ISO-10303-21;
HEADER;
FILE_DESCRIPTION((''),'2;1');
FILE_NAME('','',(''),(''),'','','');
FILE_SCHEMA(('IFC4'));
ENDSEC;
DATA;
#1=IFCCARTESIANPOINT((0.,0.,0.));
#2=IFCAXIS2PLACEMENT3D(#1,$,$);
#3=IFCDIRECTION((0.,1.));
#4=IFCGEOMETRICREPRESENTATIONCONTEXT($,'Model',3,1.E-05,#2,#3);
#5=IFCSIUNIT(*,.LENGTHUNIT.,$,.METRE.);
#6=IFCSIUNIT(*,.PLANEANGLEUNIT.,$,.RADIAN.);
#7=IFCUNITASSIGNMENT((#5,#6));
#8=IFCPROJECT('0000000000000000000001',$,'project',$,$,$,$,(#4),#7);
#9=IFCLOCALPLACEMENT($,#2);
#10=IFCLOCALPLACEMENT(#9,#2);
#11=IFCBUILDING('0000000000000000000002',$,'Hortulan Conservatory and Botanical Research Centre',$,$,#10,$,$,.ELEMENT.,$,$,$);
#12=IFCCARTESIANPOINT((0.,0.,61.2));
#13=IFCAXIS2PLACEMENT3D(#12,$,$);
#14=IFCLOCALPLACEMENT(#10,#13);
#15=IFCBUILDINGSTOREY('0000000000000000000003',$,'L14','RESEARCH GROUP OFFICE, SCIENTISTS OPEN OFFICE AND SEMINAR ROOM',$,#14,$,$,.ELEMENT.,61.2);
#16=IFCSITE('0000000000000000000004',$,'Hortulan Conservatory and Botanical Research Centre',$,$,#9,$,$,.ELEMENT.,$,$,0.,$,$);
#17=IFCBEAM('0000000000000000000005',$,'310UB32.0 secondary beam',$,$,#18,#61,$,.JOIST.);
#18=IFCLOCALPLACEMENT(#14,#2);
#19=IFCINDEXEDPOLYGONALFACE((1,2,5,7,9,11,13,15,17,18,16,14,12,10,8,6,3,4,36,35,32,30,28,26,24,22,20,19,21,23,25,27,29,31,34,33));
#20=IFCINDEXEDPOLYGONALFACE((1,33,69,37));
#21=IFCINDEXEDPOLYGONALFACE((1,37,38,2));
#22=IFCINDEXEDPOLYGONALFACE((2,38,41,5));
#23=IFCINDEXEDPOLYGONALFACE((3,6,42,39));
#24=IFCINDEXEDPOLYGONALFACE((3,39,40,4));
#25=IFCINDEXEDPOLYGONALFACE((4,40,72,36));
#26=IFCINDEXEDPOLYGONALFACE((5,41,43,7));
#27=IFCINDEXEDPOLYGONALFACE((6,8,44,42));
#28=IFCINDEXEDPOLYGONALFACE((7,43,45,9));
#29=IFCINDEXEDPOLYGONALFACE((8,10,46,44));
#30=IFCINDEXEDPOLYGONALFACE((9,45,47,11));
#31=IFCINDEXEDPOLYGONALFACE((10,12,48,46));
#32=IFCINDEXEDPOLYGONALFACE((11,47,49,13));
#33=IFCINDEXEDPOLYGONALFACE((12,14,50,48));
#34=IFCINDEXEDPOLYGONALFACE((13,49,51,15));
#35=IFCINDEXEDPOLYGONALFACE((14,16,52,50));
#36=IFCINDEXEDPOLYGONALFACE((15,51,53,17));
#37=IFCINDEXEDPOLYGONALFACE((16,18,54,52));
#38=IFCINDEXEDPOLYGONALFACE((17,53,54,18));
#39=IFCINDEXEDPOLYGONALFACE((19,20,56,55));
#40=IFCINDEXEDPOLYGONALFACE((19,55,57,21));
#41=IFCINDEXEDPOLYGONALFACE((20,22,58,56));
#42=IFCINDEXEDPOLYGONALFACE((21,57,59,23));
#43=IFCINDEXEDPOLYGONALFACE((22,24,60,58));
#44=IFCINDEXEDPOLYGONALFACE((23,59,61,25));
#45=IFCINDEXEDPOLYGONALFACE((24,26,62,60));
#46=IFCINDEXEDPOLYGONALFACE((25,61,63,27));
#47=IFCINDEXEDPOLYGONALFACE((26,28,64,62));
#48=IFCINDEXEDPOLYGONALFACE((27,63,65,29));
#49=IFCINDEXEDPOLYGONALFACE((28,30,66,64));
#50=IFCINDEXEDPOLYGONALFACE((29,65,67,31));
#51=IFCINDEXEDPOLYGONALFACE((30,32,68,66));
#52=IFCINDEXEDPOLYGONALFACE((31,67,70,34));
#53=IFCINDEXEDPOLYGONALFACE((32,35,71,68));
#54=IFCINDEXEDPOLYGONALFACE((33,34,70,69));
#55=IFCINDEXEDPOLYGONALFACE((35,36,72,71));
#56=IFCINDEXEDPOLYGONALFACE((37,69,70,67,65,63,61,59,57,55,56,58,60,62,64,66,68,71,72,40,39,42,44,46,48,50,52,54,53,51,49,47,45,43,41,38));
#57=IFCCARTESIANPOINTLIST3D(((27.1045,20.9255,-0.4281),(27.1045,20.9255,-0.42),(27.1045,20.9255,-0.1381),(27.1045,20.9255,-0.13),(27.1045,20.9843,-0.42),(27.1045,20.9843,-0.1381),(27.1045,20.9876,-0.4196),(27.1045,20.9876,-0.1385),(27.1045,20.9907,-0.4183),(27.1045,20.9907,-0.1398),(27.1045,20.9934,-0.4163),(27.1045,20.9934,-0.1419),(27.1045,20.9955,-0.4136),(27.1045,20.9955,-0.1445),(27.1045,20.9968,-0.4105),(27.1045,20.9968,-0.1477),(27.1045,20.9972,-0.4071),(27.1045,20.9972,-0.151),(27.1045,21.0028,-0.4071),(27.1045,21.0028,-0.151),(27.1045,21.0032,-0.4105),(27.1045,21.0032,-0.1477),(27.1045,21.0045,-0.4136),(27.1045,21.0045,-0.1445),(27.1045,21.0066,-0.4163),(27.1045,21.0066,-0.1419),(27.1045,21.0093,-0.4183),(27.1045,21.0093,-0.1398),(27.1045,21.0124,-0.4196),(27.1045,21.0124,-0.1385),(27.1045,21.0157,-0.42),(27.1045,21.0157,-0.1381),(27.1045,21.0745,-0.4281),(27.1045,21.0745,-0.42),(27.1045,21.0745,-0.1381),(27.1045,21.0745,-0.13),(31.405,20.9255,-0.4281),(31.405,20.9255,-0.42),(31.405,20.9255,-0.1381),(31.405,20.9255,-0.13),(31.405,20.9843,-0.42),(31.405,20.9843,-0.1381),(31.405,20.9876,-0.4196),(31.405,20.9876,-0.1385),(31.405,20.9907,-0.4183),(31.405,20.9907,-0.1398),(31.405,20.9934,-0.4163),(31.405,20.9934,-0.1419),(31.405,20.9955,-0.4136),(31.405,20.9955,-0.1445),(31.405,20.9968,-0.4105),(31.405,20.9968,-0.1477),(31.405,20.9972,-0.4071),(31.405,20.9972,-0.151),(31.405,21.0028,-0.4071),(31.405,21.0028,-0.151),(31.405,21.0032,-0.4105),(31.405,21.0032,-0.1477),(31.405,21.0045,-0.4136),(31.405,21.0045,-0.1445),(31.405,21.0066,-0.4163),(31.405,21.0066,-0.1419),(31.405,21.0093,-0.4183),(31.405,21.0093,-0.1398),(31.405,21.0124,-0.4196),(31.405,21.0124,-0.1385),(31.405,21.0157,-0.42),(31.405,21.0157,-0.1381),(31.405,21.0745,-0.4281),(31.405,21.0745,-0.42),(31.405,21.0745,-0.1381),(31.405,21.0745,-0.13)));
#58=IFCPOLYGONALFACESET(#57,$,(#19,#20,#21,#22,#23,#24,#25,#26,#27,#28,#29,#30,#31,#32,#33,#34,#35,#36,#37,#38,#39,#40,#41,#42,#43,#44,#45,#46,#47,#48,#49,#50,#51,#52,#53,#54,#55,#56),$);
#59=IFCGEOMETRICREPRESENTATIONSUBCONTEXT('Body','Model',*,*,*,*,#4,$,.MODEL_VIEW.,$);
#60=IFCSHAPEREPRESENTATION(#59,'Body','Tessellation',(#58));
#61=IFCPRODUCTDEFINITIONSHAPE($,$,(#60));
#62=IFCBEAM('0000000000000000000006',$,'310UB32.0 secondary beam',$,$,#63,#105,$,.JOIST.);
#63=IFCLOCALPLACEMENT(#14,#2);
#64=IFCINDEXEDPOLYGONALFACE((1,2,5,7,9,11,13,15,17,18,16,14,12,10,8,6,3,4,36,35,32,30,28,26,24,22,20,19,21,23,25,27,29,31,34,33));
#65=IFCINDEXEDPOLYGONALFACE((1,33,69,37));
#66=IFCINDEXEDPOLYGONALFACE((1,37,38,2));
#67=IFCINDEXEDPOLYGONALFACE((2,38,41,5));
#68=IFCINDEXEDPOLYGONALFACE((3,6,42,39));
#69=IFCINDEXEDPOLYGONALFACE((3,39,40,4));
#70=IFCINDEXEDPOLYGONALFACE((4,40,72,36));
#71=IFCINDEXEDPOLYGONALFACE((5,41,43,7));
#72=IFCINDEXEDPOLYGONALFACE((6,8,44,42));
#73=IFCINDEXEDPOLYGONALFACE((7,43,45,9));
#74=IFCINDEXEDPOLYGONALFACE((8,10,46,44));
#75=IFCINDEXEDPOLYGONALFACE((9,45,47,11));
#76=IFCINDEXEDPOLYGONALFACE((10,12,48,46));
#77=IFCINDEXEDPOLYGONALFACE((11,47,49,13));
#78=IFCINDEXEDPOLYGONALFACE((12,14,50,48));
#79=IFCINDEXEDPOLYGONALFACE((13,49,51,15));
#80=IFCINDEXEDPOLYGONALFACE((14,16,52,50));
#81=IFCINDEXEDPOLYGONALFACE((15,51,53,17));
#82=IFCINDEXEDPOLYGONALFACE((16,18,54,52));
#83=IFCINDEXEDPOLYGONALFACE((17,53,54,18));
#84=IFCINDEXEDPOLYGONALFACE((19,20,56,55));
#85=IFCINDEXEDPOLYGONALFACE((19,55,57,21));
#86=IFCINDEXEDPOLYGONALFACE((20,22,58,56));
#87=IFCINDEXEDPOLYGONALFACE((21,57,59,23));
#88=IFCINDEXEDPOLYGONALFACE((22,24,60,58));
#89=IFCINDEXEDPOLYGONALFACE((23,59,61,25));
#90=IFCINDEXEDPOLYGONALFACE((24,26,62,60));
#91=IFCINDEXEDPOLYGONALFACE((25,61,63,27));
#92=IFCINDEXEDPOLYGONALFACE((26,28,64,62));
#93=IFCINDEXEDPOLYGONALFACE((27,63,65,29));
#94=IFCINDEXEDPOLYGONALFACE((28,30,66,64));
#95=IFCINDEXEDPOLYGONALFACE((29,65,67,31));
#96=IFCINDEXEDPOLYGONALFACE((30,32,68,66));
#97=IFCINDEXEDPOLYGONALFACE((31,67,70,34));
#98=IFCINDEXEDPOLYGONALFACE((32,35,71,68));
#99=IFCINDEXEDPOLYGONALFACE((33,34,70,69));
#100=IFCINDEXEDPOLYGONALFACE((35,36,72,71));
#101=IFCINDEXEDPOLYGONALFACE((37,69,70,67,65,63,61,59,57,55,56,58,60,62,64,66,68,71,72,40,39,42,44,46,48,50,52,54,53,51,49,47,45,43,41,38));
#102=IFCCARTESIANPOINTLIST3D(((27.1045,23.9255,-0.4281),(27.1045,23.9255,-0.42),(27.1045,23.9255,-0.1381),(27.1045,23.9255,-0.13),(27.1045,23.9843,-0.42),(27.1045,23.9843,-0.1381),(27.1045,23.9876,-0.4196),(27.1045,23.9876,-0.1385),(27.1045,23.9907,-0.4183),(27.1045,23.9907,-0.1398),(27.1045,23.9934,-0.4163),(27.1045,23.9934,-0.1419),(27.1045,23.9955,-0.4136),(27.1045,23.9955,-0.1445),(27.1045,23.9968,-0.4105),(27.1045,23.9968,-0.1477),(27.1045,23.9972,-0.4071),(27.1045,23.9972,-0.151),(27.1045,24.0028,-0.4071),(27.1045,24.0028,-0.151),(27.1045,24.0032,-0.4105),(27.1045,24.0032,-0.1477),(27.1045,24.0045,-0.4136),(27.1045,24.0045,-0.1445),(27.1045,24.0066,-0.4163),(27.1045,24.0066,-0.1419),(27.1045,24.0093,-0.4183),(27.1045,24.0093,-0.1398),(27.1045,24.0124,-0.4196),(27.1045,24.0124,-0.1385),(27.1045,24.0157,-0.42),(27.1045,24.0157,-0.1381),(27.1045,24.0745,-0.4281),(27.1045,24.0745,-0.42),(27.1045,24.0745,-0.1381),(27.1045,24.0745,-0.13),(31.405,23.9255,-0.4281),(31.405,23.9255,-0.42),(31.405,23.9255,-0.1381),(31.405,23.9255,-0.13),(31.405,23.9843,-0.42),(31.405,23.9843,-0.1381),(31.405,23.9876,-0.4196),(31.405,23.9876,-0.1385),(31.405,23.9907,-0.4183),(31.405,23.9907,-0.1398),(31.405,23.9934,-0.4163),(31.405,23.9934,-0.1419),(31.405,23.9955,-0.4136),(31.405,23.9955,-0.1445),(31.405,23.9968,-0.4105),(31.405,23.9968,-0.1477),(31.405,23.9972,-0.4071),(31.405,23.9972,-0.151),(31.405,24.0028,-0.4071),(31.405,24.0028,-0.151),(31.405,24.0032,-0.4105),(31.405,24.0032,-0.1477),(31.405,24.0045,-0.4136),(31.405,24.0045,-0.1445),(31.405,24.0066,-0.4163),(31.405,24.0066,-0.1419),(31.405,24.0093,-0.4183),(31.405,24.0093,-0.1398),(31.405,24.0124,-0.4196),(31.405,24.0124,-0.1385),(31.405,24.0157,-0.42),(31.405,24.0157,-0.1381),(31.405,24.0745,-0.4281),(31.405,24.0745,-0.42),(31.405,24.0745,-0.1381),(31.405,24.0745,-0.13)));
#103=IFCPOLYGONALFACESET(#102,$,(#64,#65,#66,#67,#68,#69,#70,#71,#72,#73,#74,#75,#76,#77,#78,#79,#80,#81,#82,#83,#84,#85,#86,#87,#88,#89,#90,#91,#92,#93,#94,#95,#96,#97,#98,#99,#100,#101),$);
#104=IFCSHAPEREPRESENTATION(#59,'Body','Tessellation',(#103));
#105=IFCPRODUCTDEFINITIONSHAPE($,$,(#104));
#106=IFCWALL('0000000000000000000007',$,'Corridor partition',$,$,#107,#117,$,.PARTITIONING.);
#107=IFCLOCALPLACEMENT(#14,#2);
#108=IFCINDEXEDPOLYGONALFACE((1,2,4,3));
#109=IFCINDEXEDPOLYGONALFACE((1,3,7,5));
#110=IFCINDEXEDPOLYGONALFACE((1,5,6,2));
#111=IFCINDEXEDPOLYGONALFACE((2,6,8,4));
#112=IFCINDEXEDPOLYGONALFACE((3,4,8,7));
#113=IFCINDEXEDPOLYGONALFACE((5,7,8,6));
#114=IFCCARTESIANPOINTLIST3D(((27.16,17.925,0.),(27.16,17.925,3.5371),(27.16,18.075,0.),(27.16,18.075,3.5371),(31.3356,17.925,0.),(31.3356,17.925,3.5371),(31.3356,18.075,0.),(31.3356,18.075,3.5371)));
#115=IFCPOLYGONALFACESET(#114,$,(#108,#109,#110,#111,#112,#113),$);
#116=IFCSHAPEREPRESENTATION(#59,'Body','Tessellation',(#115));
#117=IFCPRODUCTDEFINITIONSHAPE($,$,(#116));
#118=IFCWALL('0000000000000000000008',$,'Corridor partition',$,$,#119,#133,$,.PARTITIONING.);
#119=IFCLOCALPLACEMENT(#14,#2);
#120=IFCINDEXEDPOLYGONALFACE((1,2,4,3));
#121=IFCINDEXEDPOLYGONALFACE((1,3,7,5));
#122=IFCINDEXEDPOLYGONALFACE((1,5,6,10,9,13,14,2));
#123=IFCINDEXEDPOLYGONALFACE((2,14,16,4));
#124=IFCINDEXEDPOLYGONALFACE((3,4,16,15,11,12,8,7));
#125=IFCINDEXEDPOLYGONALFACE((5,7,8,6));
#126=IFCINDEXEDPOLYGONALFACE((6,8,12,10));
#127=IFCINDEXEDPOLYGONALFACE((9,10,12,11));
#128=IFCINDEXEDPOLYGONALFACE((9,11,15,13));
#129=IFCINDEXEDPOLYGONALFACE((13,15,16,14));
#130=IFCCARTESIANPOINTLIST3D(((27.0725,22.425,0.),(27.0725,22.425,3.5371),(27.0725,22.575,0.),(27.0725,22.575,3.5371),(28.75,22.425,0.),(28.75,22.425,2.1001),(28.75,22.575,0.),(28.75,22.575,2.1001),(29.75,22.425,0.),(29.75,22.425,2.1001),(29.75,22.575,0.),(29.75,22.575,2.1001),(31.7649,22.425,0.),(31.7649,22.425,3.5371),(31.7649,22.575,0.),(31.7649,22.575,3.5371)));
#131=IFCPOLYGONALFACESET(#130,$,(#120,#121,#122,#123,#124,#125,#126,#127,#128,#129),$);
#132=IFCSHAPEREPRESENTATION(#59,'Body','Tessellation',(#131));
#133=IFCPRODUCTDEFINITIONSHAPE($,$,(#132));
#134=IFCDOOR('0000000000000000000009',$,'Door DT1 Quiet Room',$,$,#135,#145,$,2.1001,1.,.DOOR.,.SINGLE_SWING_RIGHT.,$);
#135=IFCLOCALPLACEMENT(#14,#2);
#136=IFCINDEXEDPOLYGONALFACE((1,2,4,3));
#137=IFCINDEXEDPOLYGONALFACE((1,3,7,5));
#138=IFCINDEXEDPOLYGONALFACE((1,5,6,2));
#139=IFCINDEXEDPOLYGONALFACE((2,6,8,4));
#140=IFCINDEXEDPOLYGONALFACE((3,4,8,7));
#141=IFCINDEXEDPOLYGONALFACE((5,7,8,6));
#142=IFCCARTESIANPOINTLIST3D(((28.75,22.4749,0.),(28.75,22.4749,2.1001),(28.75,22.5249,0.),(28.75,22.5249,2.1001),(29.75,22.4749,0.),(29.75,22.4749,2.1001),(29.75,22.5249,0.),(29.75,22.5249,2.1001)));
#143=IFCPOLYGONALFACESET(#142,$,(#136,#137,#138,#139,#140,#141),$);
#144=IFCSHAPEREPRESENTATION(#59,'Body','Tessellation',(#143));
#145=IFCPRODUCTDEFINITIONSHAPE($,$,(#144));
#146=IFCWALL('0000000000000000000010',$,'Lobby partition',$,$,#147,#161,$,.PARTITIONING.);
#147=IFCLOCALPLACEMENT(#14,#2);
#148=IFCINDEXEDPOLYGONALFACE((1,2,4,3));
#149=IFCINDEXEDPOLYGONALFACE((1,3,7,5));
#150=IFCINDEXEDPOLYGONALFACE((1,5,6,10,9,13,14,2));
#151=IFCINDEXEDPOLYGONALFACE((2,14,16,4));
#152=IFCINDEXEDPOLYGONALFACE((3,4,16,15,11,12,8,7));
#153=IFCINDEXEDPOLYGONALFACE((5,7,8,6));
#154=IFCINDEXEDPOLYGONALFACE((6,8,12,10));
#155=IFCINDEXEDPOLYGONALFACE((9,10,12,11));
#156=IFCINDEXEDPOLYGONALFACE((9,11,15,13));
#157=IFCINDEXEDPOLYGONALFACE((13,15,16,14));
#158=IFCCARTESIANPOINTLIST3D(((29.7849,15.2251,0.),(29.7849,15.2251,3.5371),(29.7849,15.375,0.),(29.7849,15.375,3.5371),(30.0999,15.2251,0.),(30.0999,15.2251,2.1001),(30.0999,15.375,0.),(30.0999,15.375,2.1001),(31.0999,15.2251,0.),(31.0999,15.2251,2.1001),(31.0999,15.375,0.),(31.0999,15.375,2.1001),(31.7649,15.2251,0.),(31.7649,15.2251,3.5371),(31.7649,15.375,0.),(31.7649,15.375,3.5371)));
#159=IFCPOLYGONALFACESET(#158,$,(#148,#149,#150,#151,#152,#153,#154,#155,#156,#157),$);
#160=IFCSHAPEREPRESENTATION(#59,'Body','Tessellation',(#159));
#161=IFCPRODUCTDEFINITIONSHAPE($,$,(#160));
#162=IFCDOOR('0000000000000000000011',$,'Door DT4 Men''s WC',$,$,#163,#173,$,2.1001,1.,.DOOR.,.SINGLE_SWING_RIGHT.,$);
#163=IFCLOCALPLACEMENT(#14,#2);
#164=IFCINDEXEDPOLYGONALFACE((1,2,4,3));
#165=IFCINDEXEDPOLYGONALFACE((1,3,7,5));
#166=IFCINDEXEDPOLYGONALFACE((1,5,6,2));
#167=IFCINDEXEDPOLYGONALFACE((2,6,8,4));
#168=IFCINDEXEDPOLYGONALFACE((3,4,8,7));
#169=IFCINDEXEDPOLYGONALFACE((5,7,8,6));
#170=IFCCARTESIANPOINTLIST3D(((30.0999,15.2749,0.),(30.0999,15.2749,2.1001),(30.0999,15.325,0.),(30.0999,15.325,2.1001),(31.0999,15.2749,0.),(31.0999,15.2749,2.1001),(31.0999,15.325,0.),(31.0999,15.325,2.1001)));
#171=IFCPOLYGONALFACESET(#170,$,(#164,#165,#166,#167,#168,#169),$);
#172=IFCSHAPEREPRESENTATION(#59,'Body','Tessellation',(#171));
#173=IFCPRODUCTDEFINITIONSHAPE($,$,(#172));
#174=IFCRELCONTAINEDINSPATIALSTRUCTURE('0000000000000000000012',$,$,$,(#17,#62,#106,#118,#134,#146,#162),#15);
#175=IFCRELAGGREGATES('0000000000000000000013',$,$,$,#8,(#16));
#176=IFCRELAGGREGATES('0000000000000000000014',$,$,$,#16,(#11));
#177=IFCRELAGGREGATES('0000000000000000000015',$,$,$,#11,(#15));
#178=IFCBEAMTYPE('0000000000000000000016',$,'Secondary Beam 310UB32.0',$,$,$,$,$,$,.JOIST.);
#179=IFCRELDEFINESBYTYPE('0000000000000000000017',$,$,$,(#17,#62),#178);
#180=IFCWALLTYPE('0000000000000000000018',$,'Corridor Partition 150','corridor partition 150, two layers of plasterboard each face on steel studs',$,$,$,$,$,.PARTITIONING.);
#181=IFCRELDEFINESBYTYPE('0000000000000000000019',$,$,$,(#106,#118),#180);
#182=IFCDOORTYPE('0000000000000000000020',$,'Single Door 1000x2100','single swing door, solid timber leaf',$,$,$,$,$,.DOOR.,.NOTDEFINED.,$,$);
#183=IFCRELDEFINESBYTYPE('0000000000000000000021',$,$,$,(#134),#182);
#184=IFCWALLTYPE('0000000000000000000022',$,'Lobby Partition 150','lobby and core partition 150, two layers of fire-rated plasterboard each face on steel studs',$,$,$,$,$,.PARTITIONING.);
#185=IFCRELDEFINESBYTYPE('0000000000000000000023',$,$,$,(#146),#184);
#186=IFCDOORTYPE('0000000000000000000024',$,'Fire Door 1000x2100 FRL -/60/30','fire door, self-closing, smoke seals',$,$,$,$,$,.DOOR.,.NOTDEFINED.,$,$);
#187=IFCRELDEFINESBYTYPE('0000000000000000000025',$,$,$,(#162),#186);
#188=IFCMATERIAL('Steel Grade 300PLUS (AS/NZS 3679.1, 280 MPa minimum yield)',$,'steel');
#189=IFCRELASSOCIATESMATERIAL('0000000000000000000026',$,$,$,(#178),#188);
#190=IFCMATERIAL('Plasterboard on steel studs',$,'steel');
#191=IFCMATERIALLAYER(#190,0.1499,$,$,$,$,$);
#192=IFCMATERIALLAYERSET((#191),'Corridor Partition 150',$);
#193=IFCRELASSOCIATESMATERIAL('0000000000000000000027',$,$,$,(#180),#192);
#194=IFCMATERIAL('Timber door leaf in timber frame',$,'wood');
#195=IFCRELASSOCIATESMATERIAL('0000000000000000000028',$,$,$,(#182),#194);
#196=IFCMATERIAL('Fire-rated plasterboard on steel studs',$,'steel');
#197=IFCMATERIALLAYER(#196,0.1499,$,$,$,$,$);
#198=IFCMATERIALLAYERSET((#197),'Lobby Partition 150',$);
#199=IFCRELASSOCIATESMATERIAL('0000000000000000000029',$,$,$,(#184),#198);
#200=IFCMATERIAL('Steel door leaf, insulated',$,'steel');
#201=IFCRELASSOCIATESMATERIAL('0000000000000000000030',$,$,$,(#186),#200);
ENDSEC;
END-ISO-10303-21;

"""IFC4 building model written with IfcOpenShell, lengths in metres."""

from ifc_helpers import new_model, si_unit, direction, frame, frame_2d, origin, origin_2d, place, context, subcontext, project, spatial, rectangle, i_section, extrude, material, layer, layer_set, material_profile, profile_set, type_object, element, fill, save


model = new_model("IFC4")

# Units and contexts
model_context = context("Model", 3, precision=1e-05, world=origin(), true_north=direction((0.0, 1.0)))
body_context = subcontext(model_context, "Body", "Model", "MODEL_VIEW")
ifc_project = project(units=[si_unit("LENGTHUNIT", "METRE"), si_unit("PLANEANGLEUNIT", "RADIAN")], contexts=[model_context])

# Site, building, storey
site_placement = place(None, origin())
site = spatial("IfcSite", under=ifc_project, at=site_placement, Name="Hortulan Conservatory and Botanical Research Centre", CompositionType="ELEMENT", RefElevation=0.0)
building_placement = place(site_placement, origin())
building = spatial("IfcBuilding", under=site, at=building_placement, Name="Hortulan Conservatory and Botanical Research Centre", CompositionType="ELEMENT")
storey_placement = place(building_placement, frame((0.0, 0.0, 61.2)))
storey = spatial("IfcBuildingStorey", under=building, at=storey_placement, Name="L14", Description="RESEARCH GROUP OFFICE, SCIENTISTS OPEN OFFICE AND SEMINAR ROOM", CompositionType="ELEMENT", Elevation=61.2)

# Shared definitions
ifc_material_1 = material(Name="Steel Grade 300PLUS (AS/NZS 3679.1, 280 MPa minimum yield)", Category="steel")

# Beams
ifc_material_profile_1 = material_profile(ifc_material_1, i_section(OverallWidth=0.1489, OverallDepth=0.2981, WebThickness=0.0056, FlangeThickness=0.0081, FilletRadius=0.0129, at=origin_2d()), Name="310UB32.0")
ifc_profile_set_1 = profile_set([ifc_material_profile_1], Name="Steel Grade 300PLUS (AS/NZS 3679.1, 280 MPa minimum yield)")
beam_type_1 = type_object("IfcBeamType", Name="Secondary Beam 310UB32.0", PredefinedType="JOIST", material=ifc_profile_set_1)
for number, where, z_axis, x_axis, name in (
    (1, (27.1045, 21.0, -0.2791), (1.0, 0.0, 0.0), (0.0, 1.0, 0.0), "310UB32.0 secondary beam"),
    (2, (27.1045, 24.0, -0.2791), (1.0, 0.0, 0.0), (0.0, 1.0, 0.0), "310UB32.0 secondary beam"),
):
    element("IfcBeam", number, at=place(storey_placement, frame(where, z_axis=z_axis, x_axis=x_axis)), inside=storey, type_object=beam_type_1, Name=name, PredefinedType="JOIST", context=body_context, shape_type="SweptSolid", body=[
        extrude(i_section(OverallWidth=0.1489, OverallDepth=0.2981, WebThickness=0.0056, FlangeThickness=0.0081, FilletRadius=0.0129, at=origin_2d()), origin(), (0.0, 0.0, 1.0), 4.3005),
    ])

# Wall
ifc_material_2 = material(Name="Plasterboard on steel studs", Category="steel")
ifc_layer_1 = layer(ifc_material_2, 0.1499)
ifc_layer_set_1 = layer_set([ifc_layer_1], Name="Corridor Partition 150")
wall_type_1 = type_object("IfcWallType", Name="Corridor Partition 150", Description="corridor partition 150, two layers of plasterboard each face on steel studs", PredefinedType="PARTITIONING", material=ifc_layer_set_1)
wall_1_placement = place(storey_placement, frame((27.1599, 18.0, 0.0), z_axis=(0.0, 0.0, 1.0), x_axis=(1.0, 0.0, 0.0)))
element("IfcWall", 3, at=wall_1_placement, inside=storey, type_object=wall_type_1, Name="Corridor partition", PredefinedType="PARTITIONING", context=body_context, shape_type="SweptSolid", body=[
    extrude(rectangle(XDim=4.1755, YDim=0.1499, at=frame_2d((2.0879, 0.0))), origin(), (0.0, 0.0, 1.0), 3.5371),
])

# Walls, openings, doors
wall_2_placement = place(storey_placement, frame((27.0725, 22.5, 0.0), z_axis=(0.0, 0.0, 1.0), x_axis=(1.0, 0.0, 0.0)))
wall_2 = element("IfcWall", 4, at=wall_2_placement, inside=storey, type_object=wall_type_1, Name="Corridor partition", PredefinedType="PARTITIONING", context=body_context, shape_type="SweptSolid", body=[
    extrude(rectangle(XDim=4.6924, YDim=0.1499, at=frame_2d((2.3462, 0.0))), origin(), (0.0, 0.0, 1.0), 3.5371),
])
opening_1_placement = place(wall_2_placement, frame((1.6775, 0.0, 0.0)))
opening_1 = element("IfcOpeningElement", 5, at=opening_1_placement, cuts=wall_2, PredefinedType="OPENING", context=body_context, shape_type="SweptSolid", body=[
    extrude(rectangle(XDim=1.0, YDim=2.1001, at=frame_2d((0.5, 1.05))), frame((0.0, 0.085, 0.0), z_axis=(0.0, -1.0, 0.0), x_axis=(1.0, 0.0, 0.0)), (0.0, 0.0, 1.0), 0.1699),
])
ifc_material_3 = material(Name="Timber door leaf in timber frame", Category="wood")
door_type_1 = type_object("IfcDoorType", Name="Single Door 1000x2100", Description="single swing door, solid timber leaf", OperationType="NOTDEFINED", PredefinedType="DOOR", material=ifc_material_3)
door_1_placement = place(opening_1_placement, origin())
door_1 = element("IfcDoor", 6, at=door_1_placement, inside=storey, type_object=door_type_1, Name="Door DT1 Quiet Room", OperationType="SINGLE_SWING_RIGHT", OverallHeight=2.1001, OverallWidth=1.0, PredefinedType="DOOR", context=body_context, shape_type="SweptSolid", body=[
    extrude(rectangle(XDim=1.0, YDim=2.1001, at=frame_2d((0.5, 1.05))), frame((0.0, 0.0249, 0.0), z_axis=(0.0, -1.0, 0.0), x_axis=(1.0, 0.0, 0.0)), (0.0, 0.0, 1.0), 0.05),
])
fill(opening_1, door_1)
ifc_material_4 = material(Name="Fire-rated plasterboard on steel studs", Category="steel")
ifc_layer_2 = layer(ifc_material_4, 0.1499)
ifc_layer_set_2 = layer_set([ifc_layer_2], Name="Lobby Partition 150")
wall_type_2 = type_object("IfcWallType", Name="Lobby Partition 150", Description="lobby and core partition 150, two layers of fire-rated plasterboard each face on steel studs", PredefinedType="PARTITIONING", material=ifc_layer_set_2)
wall_3_placement = place(storey_placement, frame((29.7849, 15.3, 0.0), z_axis=(0.0, 0.0, 1.0), x_axis=(1.0, 0.0, 0.0)))
wall_3 = element("IfcWall", 7, at=wall_3_placement, inside=storey, type_object=wall_type_2, Name="Lobby partition", PredefinedType="PARTITIONING", context=body_context, shape_type="SweptSolid", body=[
    extrude(rectangle(XDim=1.98, YDim=0.1499, at=frame_2d((0.99, 0.0))), origin(), (0.0, 0.0, 1.0), 3.5371),
])
opening_2_placement = place(wall_3_placement, frame((0.3149, 0.0, 0.0)))
opening_2 = element("IfcOpeningElement", 8, at=opening_2_placement, cuts=wall_3, PredefinedType="OPENING", context=body_context, shape_type="SweptSolid", body=[
    extrude(rectangle(XDim=1.0, YDim=2.1001, at=frame_2d((0.5, 1.05))), frame((0.0, 0.085, 0.0), z_axis=(0.0, -1.0, 0.0), x_axis=(1.0, 0.0, 0.0)), (0.0, 0.0, 1.0), 0.1699),
])
ifc_material_5 = material(Name="Steel door leaf, insulated", Category="steel")
door_type_2 = type_object("IfcDoorType", Name="Fire Door 1000x2100 FRL -/60/30", Description="fire door, self-closing, smoke seals", OperationType="NOTDEFINED", PredefinedType="DOOR", material=ifc_material_5)
door_2_placement = place(opening_2_placement, origin())
door_2 = element("IfcDoor", 9, at=door_2_placement, inside=storey, type_object=door_type_2, Name="Door DT4 Men's WC", OperationType="SINGLE_SWING_RIGHT", OverallHeight=2.1001, OverallWidth=1.0, PredefinedType="DOOR", context=body_context, shape_type="SweptSolid", body=[
    extrude(rectangle(XDim=1.0, YDim=2.1001, at=frame_2d((0.5, 1.05))), frame((0.0, 0.0249, 0.0), z_axis=(0.0, -1.0, 0.0), x_axis=(1.0, 0.0, 0.0)), (0.0, 0.0, 1.0), 0.05),
])
fill(opening_2, door_2)

save(model, "model.ifc")
